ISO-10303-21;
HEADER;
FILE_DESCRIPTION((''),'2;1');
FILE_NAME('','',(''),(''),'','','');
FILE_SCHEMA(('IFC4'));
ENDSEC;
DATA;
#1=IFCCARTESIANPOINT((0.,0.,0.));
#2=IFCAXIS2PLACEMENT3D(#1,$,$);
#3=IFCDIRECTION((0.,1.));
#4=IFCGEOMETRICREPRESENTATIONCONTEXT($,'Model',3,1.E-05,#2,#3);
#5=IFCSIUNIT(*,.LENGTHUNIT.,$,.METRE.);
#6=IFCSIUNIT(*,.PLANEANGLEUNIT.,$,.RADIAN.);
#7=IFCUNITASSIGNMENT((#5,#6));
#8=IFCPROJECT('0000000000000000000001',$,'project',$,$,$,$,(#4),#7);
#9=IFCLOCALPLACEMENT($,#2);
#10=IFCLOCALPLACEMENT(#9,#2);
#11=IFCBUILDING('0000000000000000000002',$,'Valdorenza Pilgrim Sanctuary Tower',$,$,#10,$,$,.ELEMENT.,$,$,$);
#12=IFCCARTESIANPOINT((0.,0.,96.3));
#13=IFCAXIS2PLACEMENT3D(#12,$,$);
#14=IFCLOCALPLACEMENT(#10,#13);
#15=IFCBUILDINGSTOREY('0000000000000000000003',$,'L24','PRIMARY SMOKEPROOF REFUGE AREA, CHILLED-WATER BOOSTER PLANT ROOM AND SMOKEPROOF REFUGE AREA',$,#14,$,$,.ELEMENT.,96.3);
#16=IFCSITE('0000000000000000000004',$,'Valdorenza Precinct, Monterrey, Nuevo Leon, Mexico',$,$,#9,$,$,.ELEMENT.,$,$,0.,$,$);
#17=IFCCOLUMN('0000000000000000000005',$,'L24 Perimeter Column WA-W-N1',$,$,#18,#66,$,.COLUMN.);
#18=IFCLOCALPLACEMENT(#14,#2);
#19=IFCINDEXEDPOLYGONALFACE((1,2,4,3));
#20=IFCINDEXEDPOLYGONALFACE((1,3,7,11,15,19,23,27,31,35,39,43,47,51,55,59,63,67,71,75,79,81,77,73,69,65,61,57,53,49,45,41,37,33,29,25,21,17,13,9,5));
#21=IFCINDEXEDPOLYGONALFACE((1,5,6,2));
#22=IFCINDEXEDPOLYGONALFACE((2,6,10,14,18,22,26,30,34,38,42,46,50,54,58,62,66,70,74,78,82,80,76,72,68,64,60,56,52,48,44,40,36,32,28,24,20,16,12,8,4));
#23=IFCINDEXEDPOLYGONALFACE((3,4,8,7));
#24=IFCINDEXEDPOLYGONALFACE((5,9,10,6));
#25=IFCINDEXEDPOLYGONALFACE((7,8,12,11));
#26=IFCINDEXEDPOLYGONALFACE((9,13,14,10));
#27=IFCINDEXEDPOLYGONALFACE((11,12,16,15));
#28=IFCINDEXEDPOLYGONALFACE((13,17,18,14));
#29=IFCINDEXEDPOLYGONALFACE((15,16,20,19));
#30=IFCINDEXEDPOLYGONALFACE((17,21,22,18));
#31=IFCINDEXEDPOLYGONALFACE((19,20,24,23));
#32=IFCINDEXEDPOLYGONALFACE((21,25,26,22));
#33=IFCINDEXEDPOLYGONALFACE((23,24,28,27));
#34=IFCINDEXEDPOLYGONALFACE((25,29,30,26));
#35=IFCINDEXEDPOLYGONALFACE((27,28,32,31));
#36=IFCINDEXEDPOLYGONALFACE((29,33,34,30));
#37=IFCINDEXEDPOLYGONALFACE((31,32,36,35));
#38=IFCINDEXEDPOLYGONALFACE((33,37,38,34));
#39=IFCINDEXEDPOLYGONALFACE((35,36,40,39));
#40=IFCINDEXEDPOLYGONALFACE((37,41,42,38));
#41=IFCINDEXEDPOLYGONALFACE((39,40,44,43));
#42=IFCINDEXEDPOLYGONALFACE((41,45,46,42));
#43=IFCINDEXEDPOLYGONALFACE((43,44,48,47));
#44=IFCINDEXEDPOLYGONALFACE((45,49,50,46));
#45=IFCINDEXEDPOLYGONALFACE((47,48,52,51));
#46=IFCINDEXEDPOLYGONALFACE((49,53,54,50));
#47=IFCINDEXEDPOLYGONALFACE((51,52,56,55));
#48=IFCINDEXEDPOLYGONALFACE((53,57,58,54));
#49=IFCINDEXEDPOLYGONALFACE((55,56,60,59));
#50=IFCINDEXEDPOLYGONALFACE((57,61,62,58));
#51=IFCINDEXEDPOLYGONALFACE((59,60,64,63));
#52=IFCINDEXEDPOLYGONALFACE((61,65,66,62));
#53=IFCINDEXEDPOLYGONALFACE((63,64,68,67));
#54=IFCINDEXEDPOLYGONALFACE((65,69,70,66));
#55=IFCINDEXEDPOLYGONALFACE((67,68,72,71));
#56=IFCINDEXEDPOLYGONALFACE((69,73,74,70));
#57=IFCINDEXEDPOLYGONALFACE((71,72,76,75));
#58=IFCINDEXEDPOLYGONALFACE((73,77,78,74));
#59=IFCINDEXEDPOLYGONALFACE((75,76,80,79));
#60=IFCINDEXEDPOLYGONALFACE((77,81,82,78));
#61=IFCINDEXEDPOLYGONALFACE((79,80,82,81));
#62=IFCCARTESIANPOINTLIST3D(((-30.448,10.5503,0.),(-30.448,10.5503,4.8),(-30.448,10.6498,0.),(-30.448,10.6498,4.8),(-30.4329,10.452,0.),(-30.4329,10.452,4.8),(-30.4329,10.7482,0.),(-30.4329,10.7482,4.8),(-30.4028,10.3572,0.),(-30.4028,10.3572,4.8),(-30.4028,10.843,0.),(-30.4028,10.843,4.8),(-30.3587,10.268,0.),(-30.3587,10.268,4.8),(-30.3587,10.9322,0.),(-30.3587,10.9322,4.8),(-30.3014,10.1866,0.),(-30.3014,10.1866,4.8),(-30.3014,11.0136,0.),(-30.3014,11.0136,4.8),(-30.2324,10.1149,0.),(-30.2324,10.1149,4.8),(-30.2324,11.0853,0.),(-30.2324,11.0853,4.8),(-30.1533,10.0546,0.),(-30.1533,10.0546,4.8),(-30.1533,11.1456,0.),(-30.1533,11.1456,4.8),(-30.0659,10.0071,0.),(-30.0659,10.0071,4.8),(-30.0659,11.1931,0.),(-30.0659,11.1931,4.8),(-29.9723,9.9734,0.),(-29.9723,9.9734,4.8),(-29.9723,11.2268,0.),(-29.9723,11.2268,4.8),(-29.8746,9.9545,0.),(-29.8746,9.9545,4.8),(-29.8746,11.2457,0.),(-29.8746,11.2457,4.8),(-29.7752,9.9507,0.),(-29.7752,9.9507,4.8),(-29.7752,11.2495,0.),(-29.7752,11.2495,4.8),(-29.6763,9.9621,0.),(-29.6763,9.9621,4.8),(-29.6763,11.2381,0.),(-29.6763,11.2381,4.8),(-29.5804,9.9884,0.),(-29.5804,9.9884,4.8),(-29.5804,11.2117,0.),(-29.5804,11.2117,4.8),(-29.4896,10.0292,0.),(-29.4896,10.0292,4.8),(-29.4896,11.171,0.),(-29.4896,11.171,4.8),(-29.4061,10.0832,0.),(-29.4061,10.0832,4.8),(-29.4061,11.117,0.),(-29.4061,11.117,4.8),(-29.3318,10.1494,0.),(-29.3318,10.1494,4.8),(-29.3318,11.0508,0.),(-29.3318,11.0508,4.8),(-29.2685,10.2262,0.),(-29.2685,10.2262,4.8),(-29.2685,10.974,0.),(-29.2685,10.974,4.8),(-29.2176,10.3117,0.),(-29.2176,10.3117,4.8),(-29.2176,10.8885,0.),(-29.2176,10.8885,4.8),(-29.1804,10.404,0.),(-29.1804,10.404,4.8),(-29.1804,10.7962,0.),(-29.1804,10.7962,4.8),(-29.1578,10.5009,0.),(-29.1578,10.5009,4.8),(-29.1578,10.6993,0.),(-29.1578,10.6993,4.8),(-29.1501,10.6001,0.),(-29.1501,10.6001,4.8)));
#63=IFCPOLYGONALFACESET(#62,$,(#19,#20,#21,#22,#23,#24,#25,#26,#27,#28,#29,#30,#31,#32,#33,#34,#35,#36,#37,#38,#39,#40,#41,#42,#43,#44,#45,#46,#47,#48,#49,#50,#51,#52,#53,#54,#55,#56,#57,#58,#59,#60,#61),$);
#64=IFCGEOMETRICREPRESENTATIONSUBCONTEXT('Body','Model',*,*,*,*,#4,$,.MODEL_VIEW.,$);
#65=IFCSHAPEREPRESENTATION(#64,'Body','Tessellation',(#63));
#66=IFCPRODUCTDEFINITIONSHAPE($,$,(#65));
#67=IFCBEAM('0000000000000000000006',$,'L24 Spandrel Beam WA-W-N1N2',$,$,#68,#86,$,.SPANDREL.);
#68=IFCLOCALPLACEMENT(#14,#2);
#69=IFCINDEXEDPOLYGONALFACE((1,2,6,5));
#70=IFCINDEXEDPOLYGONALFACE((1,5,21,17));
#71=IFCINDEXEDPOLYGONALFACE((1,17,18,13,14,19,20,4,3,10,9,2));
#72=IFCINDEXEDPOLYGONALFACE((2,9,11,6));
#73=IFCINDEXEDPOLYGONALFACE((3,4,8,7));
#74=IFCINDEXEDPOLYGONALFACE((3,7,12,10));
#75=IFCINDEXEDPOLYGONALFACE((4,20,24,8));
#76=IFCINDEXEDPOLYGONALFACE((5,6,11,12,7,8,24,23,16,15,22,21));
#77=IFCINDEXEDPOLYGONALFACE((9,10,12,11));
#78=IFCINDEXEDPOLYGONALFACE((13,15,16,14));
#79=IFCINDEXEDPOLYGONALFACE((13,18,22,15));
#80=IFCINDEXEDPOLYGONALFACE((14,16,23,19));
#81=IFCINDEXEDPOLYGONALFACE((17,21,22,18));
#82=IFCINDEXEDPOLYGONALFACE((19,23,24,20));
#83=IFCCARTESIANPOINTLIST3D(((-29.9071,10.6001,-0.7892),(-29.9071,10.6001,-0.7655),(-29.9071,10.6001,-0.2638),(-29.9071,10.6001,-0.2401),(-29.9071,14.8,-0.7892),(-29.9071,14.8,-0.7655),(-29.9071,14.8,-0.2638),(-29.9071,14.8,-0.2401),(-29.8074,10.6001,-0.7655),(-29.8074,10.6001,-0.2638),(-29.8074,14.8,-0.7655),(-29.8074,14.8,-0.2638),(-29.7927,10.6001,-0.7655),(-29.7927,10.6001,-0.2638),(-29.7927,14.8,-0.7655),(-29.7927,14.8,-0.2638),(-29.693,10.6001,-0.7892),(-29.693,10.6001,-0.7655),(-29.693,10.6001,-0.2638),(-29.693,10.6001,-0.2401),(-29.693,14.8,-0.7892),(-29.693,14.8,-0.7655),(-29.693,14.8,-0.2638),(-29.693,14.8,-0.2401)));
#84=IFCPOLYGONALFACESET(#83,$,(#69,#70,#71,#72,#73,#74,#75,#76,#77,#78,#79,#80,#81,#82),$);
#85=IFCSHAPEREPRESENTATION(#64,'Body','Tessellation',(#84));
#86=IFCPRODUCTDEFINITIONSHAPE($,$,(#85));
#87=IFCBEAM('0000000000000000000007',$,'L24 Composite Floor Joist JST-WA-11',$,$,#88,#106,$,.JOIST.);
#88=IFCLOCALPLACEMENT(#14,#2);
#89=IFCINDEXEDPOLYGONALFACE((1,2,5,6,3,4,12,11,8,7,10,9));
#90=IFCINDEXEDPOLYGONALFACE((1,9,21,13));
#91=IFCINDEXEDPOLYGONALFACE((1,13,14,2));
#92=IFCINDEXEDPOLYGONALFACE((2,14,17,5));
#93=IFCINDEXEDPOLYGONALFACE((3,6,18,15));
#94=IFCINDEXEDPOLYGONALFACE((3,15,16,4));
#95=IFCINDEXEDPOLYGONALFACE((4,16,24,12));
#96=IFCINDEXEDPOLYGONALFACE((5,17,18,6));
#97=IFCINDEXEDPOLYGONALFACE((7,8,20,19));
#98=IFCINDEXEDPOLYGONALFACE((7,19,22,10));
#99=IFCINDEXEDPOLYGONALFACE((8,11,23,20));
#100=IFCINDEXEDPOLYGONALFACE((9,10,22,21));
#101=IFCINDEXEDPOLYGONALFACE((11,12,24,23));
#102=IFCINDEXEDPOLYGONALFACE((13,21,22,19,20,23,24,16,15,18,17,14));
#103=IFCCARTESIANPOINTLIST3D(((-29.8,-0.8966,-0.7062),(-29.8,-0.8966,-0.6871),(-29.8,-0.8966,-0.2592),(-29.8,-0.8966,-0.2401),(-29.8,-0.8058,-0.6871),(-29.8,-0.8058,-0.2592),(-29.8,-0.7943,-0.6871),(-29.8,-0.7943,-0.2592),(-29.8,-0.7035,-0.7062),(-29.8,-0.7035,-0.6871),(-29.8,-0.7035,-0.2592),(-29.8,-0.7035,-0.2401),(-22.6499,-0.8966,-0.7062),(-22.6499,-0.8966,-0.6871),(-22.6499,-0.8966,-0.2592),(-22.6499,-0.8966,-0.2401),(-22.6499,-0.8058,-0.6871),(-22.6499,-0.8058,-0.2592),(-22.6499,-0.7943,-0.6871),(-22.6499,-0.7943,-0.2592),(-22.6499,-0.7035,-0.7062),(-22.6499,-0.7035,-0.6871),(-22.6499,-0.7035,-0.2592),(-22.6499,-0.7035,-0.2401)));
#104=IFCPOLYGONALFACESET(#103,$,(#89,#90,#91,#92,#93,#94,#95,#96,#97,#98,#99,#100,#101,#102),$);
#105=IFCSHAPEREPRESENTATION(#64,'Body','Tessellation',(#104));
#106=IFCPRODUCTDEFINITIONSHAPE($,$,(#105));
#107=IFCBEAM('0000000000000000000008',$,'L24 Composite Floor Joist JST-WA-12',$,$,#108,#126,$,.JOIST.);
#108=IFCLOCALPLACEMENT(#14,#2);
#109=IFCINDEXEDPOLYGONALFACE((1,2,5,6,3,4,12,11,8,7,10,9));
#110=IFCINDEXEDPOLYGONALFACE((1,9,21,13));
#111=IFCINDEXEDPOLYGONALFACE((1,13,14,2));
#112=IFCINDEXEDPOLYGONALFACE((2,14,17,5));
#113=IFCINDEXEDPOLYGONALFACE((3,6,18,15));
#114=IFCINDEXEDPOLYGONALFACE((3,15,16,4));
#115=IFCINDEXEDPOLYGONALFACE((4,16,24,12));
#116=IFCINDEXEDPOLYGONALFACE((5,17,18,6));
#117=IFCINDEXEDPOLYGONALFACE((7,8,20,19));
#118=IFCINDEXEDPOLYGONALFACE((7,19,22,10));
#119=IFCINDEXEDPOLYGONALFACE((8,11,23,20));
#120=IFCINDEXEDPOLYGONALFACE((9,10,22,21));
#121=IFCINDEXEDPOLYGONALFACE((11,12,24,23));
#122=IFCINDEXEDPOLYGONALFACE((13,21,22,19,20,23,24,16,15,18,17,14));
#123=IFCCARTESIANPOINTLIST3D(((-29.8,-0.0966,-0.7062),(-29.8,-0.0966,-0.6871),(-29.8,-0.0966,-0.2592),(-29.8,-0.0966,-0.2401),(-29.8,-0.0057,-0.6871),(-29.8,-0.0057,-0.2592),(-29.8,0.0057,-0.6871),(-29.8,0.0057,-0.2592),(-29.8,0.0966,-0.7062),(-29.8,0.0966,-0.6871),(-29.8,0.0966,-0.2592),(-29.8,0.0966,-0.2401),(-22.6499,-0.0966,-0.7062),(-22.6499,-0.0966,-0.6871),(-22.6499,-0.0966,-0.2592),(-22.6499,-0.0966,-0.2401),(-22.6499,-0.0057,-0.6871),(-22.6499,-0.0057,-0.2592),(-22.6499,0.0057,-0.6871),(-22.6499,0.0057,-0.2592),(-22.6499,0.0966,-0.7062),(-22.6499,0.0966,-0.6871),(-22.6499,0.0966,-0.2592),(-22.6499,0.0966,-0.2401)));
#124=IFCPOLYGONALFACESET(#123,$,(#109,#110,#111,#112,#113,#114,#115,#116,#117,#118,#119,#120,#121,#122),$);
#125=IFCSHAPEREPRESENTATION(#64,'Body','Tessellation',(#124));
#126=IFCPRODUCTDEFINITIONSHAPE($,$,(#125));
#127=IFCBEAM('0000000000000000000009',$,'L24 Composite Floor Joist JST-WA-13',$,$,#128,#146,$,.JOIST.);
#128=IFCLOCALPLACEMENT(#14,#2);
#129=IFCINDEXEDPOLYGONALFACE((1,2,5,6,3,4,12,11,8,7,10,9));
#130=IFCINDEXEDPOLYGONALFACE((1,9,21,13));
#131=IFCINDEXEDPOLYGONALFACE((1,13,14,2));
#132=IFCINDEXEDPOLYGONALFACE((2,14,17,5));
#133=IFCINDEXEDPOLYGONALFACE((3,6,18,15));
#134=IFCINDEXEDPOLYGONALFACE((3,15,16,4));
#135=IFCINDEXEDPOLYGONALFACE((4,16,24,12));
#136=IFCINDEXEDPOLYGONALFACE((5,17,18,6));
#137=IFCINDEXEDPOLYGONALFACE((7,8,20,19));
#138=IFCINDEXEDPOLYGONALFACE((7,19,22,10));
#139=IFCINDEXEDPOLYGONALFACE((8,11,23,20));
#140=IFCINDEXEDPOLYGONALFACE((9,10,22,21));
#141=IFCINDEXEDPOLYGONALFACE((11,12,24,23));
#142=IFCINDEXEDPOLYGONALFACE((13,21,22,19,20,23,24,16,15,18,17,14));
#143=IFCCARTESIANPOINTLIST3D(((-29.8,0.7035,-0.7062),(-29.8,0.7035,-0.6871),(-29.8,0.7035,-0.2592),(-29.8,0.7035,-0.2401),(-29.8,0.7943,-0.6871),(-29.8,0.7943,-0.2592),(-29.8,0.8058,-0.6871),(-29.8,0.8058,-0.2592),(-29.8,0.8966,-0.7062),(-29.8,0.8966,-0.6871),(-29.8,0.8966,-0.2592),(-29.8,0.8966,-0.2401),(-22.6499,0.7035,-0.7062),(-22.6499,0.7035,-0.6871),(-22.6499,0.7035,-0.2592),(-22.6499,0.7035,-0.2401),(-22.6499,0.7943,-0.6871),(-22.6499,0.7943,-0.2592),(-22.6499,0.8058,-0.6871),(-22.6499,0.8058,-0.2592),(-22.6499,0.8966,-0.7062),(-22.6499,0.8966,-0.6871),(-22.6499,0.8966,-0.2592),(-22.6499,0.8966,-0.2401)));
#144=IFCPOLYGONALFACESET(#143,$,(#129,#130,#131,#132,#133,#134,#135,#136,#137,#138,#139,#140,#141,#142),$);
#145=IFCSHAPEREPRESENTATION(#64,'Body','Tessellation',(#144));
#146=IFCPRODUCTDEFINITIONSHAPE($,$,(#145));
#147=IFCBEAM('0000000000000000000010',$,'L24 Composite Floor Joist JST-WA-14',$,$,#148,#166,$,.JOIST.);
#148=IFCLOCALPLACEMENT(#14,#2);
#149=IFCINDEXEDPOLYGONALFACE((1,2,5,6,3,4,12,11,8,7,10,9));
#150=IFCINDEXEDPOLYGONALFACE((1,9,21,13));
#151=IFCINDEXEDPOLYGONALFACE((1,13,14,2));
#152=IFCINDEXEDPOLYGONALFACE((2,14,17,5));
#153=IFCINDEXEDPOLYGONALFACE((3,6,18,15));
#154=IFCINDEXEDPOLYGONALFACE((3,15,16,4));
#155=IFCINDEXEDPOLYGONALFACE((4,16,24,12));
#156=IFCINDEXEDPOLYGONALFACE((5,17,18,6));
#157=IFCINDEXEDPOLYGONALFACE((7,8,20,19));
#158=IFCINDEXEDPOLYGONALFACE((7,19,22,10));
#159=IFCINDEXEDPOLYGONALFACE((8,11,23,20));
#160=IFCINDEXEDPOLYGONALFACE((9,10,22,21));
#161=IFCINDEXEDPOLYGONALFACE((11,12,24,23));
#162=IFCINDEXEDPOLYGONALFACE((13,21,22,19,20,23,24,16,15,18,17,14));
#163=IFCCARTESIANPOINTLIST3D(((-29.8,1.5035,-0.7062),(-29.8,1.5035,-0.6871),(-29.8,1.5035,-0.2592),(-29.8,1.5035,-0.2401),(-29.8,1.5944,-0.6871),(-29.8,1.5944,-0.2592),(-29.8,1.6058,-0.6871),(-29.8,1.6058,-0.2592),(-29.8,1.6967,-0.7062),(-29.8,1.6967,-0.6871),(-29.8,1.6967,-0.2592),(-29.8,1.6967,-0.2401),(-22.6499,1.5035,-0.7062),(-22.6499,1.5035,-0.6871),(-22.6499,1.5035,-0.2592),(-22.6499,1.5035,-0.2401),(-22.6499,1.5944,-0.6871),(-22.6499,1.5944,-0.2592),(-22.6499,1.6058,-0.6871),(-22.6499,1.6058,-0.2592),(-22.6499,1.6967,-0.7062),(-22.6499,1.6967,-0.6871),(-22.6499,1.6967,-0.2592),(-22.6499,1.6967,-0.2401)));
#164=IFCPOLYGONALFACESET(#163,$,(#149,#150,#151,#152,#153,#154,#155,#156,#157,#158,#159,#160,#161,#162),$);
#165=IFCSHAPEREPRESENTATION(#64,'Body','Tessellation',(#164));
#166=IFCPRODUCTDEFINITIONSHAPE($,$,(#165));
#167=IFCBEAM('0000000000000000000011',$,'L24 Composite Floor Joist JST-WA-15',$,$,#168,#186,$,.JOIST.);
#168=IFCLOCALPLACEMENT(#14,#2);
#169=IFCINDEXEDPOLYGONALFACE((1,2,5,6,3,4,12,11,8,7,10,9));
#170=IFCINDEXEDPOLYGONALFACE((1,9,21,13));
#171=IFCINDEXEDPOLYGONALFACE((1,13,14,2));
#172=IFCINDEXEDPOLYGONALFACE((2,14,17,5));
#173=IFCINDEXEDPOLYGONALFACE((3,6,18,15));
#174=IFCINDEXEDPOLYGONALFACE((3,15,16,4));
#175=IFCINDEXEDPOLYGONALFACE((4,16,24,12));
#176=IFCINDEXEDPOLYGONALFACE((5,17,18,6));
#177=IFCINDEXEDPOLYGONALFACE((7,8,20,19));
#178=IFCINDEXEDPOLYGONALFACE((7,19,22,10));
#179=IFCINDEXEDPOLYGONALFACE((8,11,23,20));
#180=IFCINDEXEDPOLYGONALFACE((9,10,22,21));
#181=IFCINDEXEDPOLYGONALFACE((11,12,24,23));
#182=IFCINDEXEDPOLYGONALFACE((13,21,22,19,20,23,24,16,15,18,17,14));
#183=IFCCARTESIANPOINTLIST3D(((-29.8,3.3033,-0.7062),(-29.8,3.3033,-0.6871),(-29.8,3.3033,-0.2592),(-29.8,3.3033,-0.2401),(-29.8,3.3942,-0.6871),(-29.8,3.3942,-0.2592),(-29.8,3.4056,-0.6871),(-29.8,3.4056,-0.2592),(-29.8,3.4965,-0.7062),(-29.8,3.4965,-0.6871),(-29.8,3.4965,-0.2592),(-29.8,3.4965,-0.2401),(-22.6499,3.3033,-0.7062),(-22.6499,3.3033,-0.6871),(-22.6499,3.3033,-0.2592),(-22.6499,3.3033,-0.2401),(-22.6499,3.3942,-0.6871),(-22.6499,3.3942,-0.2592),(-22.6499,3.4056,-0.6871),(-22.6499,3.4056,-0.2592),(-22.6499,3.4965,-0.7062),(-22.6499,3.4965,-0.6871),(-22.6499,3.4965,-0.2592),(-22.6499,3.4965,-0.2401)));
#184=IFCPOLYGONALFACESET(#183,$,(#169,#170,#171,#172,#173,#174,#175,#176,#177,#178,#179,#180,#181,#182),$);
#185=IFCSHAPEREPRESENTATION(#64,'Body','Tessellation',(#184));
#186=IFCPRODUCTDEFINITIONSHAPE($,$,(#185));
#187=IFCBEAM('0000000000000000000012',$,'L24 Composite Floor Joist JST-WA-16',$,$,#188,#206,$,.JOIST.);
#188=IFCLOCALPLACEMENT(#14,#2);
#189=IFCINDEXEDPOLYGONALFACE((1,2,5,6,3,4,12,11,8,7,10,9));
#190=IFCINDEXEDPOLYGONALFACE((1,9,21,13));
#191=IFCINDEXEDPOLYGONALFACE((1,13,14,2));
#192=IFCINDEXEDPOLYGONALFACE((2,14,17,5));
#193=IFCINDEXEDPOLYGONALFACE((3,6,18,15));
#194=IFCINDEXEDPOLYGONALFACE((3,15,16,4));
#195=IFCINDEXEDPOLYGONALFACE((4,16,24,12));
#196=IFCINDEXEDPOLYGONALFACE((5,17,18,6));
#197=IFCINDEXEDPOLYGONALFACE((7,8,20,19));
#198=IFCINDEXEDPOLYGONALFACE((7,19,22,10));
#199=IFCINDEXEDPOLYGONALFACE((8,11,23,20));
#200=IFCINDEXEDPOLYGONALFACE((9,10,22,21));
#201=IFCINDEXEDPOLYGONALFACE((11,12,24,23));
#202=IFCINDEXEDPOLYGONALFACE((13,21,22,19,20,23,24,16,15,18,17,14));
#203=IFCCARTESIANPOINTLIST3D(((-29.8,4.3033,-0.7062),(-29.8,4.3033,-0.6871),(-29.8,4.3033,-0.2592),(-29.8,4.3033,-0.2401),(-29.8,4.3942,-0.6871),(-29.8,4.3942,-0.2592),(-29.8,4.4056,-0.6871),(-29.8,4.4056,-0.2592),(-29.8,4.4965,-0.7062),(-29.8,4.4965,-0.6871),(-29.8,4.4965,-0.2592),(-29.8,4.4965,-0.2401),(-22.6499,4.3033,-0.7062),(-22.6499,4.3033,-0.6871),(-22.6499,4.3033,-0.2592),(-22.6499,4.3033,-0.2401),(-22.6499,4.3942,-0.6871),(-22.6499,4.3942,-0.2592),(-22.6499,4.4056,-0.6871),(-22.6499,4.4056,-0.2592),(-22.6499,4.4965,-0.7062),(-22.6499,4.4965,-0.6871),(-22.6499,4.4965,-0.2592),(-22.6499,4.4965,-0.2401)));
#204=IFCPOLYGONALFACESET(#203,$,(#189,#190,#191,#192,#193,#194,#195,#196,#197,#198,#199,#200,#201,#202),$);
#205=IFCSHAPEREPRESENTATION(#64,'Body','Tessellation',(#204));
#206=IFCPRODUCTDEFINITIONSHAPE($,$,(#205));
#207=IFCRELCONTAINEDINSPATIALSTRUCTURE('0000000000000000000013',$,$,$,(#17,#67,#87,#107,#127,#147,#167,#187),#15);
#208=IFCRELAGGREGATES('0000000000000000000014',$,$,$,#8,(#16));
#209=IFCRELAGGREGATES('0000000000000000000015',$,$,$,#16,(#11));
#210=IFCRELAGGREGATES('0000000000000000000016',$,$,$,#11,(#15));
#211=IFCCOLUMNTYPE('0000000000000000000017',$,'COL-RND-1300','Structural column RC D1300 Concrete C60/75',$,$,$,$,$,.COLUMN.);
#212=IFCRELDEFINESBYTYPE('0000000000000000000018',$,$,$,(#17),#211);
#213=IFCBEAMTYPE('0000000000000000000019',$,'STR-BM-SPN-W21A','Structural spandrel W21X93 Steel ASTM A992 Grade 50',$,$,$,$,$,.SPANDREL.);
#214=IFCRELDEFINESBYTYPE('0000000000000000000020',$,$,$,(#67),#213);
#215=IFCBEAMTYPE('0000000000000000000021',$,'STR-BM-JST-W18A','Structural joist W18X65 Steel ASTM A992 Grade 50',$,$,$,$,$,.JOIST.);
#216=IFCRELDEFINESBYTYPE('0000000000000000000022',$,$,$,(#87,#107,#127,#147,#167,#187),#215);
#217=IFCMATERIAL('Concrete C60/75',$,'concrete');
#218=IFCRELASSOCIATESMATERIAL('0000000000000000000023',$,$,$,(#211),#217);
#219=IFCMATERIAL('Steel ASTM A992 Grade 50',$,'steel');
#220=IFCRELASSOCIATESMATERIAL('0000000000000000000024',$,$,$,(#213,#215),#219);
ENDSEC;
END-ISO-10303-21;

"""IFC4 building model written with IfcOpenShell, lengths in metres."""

from ifc_helpers import new_model, si_unit, direction, frame, origin, origin_2d, place, context, subcontext, project, spatial, circle, i_section, extrude, source, transform, mapped, material, material_profile, profile_set, type_object, element, save


model = new_model("IFC4")

# Units and contexts
model_context = context("Model", 3, precision=1e-05, world=origin(), true_north=direction((0.0, 1.0)))
body_context = subcontext(model_context, "Body", "Model", "MODEL_VIEW")
ifc_project = project(units=[si_unit("LENGTHUNIT", "METRE"), si_unit("PLANEANGLEUNIT", "RADIAN")], contexts=[model_context])

# Site, building, storey
site_placement = place(None, origin())
site = spatial("IfcSite", under=ifc_project, at=site_placement, Name="Valdorenza Precinct, Monterrey, Nuevo Leon, Mexico", CompositionType="ELEMENT", RefElevation=0.0)
building_placement = place(site_placement, origin())
building = spatial("IfcBuilding", under=site, at=building_placement, Name="Valdorenza Pilgrim Sanctuary Tower", CompositionType="ELEMENT")
storey_placement = place(building_placement, frame((0.0, 0.0, 96.3)))
storey = spatial("IfcBuildingStorey", under=building, at=storey_placement, Name="L24", Description="PRIMARY SMOKEPROOF REFUGE AREA, CHILLED-WATER BOOSTER PLANT ROOM AND SMOKEPROOF REFUGE AREA", CompositionType="ELEMENT", Elevation=96.3)

# Column
ifc_material_1 = material(Name="Concrete C60/75", Category="concrete")
ifc_material_profile_1 = material_profile(ifc_material_1, circle(Radius=0.6499, at=origin_2d()), Name="RC D1300")
ifc_profile_set_1 = profile_set([ifc_material_profile_1], Name="Concrete C60/75")
column_type = type_object("IfcColumnType", Name="COL-RND-1300", Description="Structural column RC D1300 Concrete C60/75", PredefinedType="COLUMN", material=ifc_profile_set_1)
shared_shape_1 = source(origin(), body_context, "Body", "SweptSolid", [
    extrude(circle(Radius=0.6499, at=origin_2d()), origin(), (0.0, 0.0, 1.0), 4.8),
])
column_placement = place(storey_placement, frame((-29.8, 10.6001, 0.0), z_axis=(0.0, 0.0, 1.0), x_axis=(1.0, 0.0, 0.0)))
element("IfcColumn", 1, at=column_placement, inside=storey, type_object=column_type, Name="L24 Perimeter Column WA-W-N1", PredefinedType="COLUMN", context=body_context, shape_type="MappedRepresentation", body=[
    mapped(shared_shape_1, transform((0.0, 0.0, 0.0), x_axis=(1.0, 0.0, 0.0), y_axis=(0.0, 1.0, 0.0), z_axis=(0.0, 0.0, 1.0), scale=1.0)),
])

# Beams
ifc_material_2 = material(Name="Steel ASTM A992 Grade 50", Category="steel")
ifc_material_profile_2 = material_profile(ifc_material_2, i_section(OverallWidth=0.2141, OverallDepth=0.5491, WebThickness=0.0146, FlangeThickness=0.0237, at=origin_2d()), Name="W21X93")
ifc_profile_set_2 = profile_set([ifc_material_profile_2], Name="Steel ASTM A992 Grade 50")
beam_type_1 = type_object("IfcBeamType", Name="STR-BM-SPN-W21A", Description="Structural spandrel W21X93 Steel ASTM A992 Grade 50", PredefinedType="SPANDREL", material=ifc_profile_set_2)
shared_shape_2 = source(origin(), body_context, "Body", "SweptSolid", [
    extrude(i_section(OverallWidth=0.2141, OverallDepth=0.5491, WebThickness=0.0146, FlangeThickness=0.0237, at=origin_2d()), origin(), (0.0, 0.0, 1.0), 4.2),
])
beam_1_placement = place(storey_placement, frame((-29.8, 10.6001, -0.5146), z_axis=(0.0, 1.0, 0.0), x_axis=(-1.0, 0.0, 0.0)))
element("IfcBeam", 2, at=beam_1_placement, inside=storey, type_object=beam_type_1, Name="L24 Spandrel Beam WA-W-N1N2", PredefinedType="SPANDREL", context=body_context, shape_type="MappedRepresentation", body=[
    mapped(shared_shape_2, transform((0.0, 0.0, 0.0), x_axis=(1.0, 0.0, 0.0), y_axis=(0.0, 1.0, 0.0), z_axis=(0.0, 0.0, 1.0), scale=1.0)),
])
ifc_material_profile_3 = material_profile(ifc_material_2, i_section(OverallWidth=0.1931, OverallDepth=0.4661, WebThickness=0.0115, FlangeThickness=0.019, at=origin_2d()), Name="W18X65")
ifc_profile_set_3 = profile_set([ifc_material_profile_3], Name="Steel ASTM A992 Grade 50")
beam_type_2 = type_object("IfcBeamType", Name="STR-BM-JST-W18A", Description="Structural joist W18X65 Steel ASTM A992 Grade 50", PredefinedType="JOIST", material=ifc_profile_set_3)
shared_shape_3 = source(origin(), body_context, "Body", "SweptSolid", [
    extrude(i_section(OverallWidth=0.1931, OverallDepth=0.4661, WebThickness=0.0115, FlangeThickness=0.019, at=origin_2d()), origin(), (0.0, 0.0, 1.0), 7.1501),
])
for number, where, z_axis, x_axis, name in (
    (3, (-29.8, -0.8, -0.4731), (1.0, 0.0, 0.0), (0.0, 1.0, 0.0), "L24 Composite Floor Joist JST-WA-11"),
    (4, (-29.8, 0.0, -0.4731), (1.0, 0.0, 0.0), (0.0, 1.0, 0.0), "L24 Composite Floor Joist JST-WA-12"),
    (5, (-29.8, 0.8, -0.4731), (1.0, 0.0, 0.0), (0.0, 1.0, 0.0), "L24 Composite Floor Joist JST-WA-13"),
    (6, (-29.8, 1.6001, -0.4731), (1.0, 0.0, 0.0), (0.0, 1.0, 0.0), "L24 Composite Floor Joist JST-WA-14"),
    (7, (-29.8, 3.3999, -0.4731), (1.0, 0.0, 0.0), (0.0, 1.0, 0.0), "L24 Composite Floor Joist JST-WA-15"),
    (8, (-29.8, 4.3999, -0.4731), (1.0, 0.0, 0.0), (0.0, 1.0, 0.0), "L24 Composite Floor Joist JST-WA-16"),
):
    element("IfcBeam", number, at=place(storey_placement, frame(where, z_axis=z_axis, x_axis=x_axis)), inside=storey, type_object=beam_type_2, Name=name, PredefinedType="JOIST", context=body_context, shape_type="MappedRepresentation", body=[
        mapped(shared_shape_3, transform((0.0, 0.0, 0.0), x_axis=(1.0, 0.0, 0.0), y_axis=(0.0, 1.0, 0.0), z_axis=(0.0, 0.0, 1.0), scale=1.0)),
    ])

save(model, "model.ifc")
